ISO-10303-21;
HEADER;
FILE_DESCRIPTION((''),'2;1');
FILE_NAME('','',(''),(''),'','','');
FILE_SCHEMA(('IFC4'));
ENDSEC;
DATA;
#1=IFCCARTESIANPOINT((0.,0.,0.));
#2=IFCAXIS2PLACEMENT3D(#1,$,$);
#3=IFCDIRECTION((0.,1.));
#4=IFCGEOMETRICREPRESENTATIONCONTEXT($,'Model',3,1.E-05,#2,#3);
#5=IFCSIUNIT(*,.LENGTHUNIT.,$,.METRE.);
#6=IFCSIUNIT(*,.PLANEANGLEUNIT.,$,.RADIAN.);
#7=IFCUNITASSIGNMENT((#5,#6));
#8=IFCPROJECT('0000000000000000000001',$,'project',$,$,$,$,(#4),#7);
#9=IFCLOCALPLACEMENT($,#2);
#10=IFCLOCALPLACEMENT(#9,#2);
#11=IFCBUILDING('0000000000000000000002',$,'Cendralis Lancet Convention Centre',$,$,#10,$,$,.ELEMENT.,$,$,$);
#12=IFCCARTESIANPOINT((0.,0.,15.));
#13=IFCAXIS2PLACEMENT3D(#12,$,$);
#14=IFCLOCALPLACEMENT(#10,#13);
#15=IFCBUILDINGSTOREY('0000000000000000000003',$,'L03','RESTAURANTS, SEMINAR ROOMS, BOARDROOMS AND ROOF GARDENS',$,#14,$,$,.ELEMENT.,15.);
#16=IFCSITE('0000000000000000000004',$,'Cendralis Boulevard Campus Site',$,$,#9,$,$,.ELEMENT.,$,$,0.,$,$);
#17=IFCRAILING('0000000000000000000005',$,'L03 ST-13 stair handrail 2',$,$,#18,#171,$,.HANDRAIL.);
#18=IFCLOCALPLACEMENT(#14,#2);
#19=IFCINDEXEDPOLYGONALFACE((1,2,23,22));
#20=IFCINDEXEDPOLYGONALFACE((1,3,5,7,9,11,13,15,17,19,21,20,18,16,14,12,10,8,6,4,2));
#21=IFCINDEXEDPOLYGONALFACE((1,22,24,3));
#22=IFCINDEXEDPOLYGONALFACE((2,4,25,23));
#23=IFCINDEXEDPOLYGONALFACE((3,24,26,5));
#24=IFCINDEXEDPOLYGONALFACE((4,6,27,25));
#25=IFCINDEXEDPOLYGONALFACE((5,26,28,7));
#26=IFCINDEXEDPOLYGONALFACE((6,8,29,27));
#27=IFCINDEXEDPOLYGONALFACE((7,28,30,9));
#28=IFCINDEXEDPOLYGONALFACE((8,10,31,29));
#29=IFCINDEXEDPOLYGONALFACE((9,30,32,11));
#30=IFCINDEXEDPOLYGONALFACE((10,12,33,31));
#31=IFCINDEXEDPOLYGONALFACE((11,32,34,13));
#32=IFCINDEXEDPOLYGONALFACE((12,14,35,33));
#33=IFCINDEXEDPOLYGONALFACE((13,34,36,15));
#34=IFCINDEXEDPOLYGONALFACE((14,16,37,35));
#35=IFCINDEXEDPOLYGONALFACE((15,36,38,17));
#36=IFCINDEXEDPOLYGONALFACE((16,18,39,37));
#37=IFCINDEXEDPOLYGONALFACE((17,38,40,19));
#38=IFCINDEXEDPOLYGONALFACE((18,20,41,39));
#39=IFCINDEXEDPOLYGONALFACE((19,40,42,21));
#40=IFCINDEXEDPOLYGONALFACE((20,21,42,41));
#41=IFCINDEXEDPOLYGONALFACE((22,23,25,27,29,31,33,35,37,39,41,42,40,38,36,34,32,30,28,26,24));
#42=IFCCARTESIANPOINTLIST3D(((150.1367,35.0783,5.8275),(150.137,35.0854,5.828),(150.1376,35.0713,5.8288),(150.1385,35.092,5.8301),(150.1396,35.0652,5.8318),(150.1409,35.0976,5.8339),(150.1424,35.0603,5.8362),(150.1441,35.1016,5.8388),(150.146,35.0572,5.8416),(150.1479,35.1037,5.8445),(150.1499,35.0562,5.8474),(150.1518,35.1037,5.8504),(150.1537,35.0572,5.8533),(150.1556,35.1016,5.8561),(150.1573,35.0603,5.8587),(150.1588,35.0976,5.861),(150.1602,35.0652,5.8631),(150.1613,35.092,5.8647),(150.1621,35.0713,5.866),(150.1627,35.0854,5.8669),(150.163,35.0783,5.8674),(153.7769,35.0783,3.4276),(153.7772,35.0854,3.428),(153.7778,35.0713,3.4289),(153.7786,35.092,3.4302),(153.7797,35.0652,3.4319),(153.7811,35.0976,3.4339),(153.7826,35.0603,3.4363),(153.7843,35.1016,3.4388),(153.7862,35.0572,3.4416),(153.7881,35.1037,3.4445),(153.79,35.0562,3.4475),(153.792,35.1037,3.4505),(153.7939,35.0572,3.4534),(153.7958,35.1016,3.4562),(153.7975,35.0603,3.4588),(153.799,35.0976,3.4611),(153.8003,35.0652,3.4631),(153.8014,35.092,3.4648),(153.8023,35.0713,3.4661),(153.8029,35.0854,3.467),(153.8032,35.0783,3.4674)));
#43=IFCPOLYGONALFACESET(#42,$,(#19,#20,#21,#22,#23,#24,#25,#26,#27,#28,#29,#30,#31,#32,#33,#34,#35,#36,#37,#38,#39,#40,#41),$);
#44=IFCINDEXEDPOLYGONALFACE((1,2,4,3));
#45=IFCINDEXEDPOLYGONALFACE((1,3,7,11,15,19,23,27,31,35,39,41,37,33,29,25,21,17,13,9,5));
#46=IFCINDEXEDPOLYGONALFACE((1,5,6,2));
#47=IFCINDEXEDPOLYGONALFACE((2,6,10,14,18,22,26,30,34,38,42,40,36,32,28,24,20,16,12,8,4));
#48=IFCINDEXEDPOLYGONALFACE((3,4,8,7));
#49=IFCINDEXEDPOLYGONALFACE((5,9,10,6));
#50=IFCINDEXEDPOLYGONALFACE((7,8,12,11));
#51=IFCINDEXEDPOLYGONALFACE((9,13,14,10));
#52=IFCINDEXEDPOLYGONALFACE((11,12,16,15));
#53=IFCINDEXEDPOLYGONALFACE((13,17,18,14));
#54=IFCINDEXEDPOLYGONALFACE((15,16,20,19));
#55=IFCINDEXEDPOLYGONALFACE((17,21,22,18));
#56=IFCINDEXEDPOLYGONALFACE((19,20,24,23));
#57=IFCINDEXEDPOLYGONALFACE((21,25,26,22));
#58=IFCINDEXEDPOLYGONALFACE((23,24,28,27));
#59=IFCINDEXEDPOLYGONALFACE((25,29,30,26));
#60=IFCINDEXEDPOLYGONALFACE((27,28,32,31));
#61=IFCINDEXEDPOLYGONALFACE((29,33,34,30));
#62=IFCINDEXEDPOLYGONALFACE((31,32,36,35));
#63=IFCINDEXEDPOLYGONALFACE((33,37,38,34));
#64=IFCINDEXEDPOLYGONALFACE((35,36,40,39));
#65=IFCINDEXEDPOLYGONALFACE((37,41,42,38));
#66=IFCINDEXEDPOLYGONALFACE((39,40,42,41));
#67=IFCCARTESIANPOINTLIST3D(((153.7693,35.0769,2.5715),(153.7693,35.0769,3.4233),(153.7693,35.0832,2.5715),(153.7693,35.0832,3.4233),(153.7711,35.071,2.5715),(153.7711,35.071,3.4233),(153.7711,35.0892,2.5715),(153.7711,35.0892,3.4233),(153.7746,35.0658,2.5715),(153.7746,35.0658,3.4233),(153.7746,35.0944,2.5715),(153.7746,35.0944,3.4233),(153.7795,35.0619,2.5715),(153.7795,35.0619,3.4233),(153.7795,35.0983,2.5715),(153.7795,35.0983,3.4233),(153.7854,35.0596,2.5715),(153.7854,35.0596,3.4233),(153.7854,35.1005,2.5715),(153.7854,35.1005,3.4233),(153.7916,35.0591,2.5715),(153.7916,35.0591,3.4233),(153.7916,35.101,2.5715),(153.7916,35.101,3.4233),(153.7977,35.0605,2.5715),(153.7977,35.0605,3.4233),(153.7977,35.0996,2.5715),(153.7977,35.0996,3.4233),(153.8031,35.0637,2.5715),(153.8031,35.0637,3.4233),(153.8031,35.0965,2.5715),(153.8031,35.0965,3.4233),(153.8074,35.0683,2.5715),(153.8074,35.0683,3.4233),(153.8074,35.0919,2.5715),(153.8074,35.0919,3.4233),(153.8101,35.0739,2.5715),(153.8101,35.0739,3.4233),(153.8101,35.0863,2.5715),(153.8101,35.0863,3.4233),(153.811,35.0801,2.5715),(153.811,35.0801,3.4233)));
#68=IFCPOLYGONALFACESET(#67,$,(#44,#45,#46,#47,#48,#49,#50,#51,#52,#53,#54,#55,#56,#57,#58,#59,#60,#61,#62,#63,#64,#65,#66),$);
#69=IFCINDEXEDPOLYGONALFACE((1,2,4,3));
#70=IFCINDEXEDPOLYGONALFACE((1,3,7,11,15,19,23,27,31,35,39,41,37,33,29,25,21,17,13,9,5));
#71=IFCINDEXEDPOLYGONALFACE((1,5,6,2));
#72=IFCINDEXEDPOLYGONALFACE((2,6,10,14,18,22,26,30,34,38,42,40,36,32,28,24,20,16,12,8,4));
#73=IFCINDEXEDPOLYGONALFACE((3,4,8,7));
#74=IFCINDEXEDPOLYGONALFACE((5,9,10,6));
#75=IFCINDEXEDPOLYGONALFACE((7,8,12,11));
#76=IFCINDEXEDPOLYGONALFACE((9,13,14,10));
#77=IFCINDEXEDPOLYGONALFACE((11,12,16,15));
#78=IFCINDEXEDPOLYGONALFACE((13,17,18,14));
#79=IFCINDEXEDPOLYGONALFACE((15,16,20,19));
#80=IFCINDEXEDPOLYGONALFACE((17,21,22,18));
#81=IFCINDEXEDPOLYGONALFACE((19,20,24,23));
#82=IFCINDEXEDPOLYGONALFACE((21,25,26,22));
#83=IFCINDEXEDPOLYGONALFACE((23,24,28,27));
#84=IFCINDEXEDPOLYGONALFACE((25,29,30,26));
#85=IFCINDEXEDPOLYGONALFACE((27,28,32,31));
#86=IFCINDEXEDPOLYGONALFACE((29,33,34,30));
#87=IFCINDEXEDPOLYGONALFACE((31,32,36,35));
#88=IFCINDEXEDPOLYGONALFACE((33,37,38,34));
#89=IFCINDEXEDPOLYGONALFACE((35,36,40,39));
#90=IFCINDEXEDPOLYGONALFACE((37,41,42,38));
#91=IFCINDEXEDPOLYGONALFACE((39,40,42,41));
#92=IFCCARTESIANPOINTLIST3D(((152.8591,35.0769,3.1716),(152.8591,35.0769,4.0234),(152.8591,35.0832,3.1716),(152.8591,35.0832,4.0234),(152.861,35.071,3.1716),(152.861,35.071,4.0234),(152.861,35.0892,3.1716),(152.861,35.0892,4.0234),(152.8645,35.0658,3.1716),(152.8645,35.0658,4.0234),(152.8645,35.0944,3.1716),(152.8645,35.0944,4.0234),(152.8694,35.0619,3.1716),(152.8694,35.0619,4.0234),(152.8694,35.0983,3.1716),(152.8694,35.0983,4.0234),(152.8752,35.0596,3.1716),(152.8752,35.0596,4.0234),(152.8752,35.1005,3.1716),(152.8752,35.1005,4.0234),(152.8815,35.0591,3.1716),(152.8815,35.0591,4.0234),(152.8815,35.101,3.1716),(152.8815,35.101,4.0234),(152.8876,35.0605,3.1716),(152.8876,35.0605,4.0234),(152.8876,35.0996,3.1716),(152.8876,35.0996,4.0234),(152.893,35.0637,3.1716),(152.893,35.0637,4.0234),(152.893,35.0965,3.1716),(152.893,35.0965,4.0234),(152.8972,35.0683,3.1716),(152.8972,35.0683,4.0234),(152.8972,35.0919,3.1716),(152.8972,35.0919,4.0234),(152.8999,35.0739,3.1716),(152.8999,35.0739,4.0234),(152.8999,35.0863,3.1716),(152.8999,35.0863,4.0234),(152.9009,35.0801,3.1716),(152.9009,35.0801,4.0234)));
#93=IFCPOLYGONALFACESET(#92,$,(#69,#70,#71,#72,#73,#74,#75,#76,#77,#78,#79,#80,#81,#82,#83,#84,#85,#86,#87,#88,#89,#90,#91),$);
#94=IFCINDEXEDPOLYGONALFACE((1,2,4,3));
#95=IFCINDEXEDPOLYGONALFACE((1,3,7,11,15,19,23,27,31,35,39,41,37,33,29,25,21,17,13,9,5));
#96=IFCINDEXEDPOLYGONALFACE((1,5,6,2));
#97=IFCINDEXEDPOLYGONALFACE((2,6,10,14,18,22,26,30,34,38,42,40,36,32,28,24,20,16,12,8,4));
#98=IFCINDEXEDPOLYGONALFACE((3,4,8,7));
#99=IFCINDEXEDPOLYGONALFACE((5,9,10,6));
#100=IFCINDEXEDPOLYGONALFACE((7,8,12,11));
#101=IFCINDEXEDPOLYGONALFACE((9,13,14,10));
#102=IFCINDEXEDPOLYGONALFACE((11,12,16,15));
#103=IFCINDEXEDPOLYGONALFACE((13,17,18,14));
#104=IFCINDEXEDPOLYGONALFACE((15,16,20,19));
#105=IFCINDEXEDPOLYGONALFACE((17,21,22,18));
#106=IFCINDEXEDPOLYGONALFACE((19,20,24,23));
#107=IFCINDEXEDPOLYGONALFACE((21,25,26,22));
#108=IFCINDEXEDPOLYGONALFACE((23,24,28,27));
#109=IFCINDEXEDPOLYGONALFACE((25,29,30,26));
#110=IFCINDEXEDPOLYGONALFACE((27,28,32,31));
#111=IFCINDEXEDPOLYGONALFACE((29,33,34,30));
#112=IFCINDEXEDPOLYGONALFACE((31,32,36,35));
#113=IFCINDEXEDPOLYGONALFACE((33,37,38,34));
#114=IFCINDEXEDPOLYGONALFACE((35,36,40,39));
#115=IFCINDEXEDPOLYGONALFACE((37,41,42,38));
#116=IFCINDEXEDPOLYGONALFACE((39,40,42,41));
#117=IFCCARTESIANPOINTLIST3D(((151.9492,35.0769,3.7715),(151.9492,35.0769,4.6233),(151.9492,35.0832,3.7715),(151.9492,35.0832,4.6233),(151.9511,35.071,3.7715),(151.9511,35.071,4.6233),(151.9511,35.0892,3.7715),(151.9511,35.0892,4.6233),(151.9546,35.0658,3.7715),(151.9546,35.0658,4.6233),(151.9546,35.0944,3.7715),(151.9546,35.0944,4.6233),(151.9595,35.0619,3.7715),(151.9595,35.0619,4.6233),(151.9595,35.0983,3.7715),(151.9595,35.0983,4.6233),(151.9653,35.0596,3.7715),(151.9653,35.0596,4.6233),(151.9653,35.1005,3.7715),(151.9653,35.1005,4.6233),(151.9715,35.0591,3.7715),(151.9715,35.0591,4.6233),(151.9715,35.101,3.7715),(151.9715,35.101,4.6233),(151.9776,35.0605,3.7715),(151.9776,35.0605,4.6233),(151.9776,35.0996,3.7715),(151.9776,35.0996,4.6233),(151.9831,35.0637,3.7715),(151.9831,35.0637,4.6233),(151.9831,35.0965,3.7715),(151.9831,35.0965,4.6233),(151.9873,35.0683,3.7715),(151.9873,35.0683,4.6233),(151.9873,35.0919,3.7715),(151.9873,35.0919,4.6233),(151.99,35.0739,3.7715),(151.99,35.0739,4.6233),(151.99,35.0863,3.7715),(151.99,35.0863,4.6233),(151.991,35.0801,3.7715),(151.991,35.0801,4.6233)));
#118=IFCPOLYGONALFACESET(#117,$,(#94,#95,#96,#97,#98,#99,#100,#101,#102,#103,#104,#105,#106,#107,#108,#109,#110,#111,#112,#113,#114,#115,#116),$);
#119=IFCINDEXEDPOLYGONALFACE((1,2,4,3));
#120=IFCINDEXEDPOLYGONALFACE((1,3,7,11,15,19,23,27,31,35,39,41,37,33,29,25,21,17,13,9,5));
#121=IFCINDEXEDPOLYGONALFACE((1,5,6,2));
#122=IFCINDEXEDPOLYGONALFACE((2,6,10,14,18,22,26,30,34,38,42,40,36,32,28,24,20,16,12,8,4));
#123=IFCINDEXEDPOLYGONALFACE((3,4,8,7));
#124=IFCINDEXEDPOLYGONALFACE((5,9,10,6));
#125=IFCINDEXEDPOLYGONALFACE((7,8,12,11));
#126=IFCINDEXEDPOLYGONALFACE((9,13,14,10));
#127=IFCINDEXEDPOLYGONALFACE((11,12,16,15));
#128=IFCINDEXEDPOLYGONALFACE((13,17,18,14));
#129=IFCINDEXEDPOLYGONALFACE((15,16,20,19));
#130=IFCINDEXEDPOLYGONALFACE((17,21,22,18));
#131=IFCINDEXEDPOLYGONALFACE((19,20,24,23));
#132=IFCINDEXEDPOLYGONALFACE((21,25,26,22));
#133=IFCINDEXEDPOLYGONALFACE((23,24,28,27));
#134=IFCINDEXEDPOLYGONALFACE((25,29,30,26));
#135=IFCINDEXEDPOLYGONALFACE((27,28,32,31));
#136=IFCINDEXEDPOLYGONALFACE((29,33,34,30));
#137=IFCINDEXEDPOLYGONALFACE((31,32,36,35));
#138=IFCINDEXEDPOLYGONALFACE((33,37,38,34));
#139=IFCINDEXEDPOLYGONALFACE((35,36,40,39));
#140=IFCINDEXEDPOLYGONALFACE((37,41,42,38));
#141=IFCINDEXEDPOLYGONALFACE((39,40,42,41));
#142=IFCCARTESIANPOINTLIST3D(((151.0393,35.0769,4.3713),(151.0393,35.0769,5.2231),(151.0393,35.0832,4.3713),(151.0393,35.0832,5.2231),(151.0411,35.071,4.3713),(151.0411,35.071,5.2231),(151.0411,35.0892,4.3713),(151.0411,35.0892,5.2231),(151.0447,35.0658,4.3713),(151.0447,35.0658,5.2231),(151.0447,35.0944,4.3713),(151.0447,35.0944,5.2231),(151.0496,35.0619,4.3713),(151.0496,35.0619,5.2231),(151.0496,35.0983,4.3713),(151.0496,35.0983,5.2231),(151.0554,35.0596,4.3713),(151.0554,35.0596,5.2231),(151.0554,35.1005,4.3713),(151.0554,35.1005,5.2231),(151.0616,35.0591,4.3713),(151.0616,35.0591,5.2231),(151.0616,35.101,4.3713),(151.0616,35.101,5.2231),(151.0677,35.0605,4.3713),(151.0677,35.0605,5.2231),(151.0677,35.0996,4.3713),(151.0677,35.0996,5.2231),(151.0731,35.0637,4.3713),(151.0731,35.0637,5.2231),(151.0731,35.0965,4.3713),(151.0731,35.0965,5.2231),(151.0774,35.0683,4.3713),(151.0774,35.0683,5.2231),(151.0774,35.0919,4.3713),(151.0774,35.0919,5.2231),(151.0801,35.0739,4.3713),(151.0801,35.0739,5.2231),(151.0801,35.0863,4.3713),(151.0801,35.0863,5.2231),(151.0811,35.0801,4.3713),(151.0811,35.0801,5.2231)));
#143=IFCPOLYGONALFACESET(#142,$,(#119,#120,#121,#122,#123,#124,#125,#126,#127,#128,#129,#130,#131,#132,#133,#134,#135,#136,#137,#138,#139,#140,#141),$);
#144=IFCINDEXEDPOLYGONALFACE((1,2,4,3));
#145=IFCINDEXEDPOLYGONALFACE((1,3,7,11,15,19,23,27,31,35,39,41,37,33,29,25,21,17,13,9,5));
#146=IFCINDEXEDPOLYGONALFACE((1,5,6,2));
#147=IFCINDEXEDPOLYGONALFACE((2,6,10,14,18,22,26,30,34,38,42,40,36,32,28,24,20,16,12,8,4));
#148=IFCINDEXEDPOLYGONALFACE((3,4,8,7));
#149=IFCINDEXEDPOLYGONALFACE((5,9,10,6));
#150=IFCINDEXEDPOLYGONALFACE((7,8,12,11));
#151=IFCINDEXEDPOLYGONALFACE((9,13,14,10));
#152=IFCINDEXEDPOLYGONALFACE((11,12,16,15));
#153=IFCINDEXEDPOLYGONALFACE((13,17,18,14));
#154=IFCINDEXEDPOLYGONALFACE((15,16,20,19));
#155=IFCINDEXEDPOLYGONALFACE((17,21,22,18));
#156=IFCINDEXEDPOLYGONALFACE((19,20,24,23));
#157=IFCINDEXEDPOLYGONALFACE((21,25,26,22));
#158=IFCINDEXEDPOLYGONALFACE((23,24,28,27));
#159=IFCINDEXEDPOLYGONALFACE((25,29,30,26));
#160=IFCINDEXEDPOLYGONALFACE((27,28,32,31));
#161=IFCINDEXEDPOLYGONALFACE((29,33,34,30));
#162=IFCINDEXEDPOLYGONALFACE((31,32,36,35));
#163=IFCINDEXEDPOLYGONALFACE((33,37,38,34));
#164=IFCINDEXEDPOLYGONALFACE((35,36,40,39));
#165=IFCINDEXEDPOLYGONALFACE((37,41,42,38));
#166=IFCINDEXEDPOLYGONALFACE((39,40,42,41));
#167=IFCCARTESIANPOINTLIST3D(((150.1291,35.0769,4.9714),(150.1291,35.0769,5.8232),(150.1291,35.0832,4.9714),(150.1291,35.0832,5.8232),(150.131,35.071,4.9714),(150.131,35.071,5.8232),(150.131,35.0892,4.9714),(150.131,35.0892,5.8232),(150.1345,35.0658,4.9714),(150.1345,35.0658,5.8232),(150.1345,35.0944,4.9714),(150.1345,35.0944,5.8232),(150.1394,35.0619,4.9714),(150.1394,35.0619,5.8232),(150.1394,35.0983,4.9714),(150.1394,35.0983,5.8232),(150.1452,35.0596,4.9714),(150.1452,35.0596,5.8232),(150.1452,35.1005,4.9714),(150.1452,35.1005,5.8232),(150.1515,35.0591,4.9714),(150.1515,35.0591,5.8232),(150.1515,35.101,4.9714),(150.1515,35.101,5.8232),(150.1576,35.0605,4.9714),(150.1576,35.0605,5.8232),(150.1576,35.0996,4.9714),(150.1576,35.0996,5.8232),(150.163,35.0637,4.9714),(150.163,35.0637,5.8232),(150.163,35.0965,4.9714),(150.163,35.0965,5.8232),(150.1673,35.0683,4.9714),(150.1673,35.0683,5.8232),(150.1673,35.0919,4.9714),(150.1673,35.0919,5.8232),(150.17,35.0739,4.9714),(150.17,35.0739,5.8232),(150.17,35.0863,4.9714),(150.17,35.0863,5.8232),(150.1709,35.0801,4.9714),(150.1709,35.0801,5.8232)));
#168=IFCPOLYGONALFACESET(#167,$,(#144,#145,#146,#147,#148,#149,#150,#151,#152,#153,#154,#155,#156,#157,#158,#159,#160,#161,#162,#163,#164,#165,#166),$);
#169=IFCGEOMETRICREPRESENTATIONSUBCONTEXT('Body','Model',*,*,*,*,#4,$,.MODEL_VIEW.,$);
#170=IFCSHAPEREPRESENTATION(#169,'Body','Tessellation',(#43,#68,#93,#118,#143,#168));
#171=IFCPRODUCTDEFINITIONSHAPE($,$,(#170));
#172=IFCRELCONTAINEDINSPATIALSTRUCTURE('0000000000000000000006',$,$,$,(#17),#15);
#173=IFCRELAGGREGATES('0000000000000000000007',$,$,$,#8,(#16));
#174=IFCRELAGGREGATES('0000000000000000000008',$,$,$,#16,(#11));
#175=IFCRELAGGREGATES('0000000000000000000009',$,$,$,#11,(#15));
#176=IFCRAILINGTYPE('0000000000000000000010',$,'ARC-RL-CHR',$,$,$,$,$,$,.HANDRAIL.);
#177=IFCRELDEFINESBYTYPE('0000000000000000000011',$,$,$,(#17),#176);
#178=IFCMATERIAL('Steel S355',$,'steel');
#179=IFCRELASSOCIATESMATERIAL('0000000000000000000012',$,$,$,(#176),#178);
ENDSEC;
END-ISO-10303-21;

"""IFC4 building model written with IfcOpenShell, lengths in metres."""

from ifc_helpers import new_model, si_unit, direction, frame, origin, origin_2d, place, context, subcontext, project, spatial, circle, extrude, material, type_object, element, save


model = new_model("IFC4")

# Units and contexts
model_context = context("Model", 3, precision=1e-05, world=origin(), true_north=direction((0.0, 1.0)))
body_context = subcontext(model_context, "Body", "Model", "MODEL_VIEW")
ifc_project = project(units=[si_unit("LENGTHUNIT", "METRE"), si_unit("PLANEANGLEUNIT", "RADIAN")], contexts=[model_context])

# Site, building, storey
site_placement = place(None, origin())
site = spatial("IfcSite", under=ifc_project, at=site_placement, Name="Cendralis Boulevard Campus Site", CompositionType="ELEMENT", RefElevation=0.0)
building_placement = place(site_placement, origin())
building = spatial("IfcBuilding", under=site, at=building_placement, Name="Cendralis Lancet Convention Centre", CompositionType="ELEMENT")
storey_placement = place(building_placement, frame((0.0, 0.0, 15.0)))
storey = spatial("IfcBuildingStorey", under=building, at=storey_placement, Name="L03", Description="RESTAURANTS, SEMINAR ROOMS, BOARDROOMS AND ROOF GARDENS", CompositionType="ELEMENT", Elevation=15.0)

# Shared definitions
ifc_material_1 = material(Name="Steel S355", Category="steel")

# Railing
railing_type_1 = type_object("IfcRailingType", Name="ARC-RL-CHR", PredefinedType="HANDRAIL", material=ifc_material_1)
railing_1_placement = place(storey_placement, frame((153.79, 35.0801, 2.5715)))
element("IfcRailing", 1, at=railing_1_placement, inside=storey, type_object=railing_type_1, Name="L03 ST-13 stair handrail 2", PredefinedType="HANDRAIL", context=body_context, shape_type="SweptSolid", body=[
    extrude(circle(Radius=0.0239, at=origin_2d()), frame((0.0, 0.0, 0.876), z_axis=(-0.834882, 0.0, 0.550429), x_axis=(0.0, -1.0, 0.0)), (0.0, 0.0, 1.0), 4.3601),
    extrude(circle(Radius=0.021, at=origin_2d()), origin(), (0.0, 0.0, 1.0), 0.8518),
    extrude(circle(Radius=0.021, at=origin_2d()), frame((-0.9102, 0.0, 0.6001)), (0.0, 0.0, 1.0), 0.8518),
    extrude(circle(Radius=0.021, at=origin_2d()), frame((-1.8201, 0.0, 1.2)), (0.0, 0.0, 1.0), 0.8518),
    extrude(circle(Radius=0.021, at=origin_2d()), frame((-2.73, 0.0, 1.7998)), (0.0, 0.0, 1.0), 0.8518),
    extrude(circle(Radius=0.021, at=origin_2d()), frame((-3.6401, 0.0, 2.3999)), (0.0, 0.0, 1.0), 0.8518),
])

save(model, "model.ifc")
